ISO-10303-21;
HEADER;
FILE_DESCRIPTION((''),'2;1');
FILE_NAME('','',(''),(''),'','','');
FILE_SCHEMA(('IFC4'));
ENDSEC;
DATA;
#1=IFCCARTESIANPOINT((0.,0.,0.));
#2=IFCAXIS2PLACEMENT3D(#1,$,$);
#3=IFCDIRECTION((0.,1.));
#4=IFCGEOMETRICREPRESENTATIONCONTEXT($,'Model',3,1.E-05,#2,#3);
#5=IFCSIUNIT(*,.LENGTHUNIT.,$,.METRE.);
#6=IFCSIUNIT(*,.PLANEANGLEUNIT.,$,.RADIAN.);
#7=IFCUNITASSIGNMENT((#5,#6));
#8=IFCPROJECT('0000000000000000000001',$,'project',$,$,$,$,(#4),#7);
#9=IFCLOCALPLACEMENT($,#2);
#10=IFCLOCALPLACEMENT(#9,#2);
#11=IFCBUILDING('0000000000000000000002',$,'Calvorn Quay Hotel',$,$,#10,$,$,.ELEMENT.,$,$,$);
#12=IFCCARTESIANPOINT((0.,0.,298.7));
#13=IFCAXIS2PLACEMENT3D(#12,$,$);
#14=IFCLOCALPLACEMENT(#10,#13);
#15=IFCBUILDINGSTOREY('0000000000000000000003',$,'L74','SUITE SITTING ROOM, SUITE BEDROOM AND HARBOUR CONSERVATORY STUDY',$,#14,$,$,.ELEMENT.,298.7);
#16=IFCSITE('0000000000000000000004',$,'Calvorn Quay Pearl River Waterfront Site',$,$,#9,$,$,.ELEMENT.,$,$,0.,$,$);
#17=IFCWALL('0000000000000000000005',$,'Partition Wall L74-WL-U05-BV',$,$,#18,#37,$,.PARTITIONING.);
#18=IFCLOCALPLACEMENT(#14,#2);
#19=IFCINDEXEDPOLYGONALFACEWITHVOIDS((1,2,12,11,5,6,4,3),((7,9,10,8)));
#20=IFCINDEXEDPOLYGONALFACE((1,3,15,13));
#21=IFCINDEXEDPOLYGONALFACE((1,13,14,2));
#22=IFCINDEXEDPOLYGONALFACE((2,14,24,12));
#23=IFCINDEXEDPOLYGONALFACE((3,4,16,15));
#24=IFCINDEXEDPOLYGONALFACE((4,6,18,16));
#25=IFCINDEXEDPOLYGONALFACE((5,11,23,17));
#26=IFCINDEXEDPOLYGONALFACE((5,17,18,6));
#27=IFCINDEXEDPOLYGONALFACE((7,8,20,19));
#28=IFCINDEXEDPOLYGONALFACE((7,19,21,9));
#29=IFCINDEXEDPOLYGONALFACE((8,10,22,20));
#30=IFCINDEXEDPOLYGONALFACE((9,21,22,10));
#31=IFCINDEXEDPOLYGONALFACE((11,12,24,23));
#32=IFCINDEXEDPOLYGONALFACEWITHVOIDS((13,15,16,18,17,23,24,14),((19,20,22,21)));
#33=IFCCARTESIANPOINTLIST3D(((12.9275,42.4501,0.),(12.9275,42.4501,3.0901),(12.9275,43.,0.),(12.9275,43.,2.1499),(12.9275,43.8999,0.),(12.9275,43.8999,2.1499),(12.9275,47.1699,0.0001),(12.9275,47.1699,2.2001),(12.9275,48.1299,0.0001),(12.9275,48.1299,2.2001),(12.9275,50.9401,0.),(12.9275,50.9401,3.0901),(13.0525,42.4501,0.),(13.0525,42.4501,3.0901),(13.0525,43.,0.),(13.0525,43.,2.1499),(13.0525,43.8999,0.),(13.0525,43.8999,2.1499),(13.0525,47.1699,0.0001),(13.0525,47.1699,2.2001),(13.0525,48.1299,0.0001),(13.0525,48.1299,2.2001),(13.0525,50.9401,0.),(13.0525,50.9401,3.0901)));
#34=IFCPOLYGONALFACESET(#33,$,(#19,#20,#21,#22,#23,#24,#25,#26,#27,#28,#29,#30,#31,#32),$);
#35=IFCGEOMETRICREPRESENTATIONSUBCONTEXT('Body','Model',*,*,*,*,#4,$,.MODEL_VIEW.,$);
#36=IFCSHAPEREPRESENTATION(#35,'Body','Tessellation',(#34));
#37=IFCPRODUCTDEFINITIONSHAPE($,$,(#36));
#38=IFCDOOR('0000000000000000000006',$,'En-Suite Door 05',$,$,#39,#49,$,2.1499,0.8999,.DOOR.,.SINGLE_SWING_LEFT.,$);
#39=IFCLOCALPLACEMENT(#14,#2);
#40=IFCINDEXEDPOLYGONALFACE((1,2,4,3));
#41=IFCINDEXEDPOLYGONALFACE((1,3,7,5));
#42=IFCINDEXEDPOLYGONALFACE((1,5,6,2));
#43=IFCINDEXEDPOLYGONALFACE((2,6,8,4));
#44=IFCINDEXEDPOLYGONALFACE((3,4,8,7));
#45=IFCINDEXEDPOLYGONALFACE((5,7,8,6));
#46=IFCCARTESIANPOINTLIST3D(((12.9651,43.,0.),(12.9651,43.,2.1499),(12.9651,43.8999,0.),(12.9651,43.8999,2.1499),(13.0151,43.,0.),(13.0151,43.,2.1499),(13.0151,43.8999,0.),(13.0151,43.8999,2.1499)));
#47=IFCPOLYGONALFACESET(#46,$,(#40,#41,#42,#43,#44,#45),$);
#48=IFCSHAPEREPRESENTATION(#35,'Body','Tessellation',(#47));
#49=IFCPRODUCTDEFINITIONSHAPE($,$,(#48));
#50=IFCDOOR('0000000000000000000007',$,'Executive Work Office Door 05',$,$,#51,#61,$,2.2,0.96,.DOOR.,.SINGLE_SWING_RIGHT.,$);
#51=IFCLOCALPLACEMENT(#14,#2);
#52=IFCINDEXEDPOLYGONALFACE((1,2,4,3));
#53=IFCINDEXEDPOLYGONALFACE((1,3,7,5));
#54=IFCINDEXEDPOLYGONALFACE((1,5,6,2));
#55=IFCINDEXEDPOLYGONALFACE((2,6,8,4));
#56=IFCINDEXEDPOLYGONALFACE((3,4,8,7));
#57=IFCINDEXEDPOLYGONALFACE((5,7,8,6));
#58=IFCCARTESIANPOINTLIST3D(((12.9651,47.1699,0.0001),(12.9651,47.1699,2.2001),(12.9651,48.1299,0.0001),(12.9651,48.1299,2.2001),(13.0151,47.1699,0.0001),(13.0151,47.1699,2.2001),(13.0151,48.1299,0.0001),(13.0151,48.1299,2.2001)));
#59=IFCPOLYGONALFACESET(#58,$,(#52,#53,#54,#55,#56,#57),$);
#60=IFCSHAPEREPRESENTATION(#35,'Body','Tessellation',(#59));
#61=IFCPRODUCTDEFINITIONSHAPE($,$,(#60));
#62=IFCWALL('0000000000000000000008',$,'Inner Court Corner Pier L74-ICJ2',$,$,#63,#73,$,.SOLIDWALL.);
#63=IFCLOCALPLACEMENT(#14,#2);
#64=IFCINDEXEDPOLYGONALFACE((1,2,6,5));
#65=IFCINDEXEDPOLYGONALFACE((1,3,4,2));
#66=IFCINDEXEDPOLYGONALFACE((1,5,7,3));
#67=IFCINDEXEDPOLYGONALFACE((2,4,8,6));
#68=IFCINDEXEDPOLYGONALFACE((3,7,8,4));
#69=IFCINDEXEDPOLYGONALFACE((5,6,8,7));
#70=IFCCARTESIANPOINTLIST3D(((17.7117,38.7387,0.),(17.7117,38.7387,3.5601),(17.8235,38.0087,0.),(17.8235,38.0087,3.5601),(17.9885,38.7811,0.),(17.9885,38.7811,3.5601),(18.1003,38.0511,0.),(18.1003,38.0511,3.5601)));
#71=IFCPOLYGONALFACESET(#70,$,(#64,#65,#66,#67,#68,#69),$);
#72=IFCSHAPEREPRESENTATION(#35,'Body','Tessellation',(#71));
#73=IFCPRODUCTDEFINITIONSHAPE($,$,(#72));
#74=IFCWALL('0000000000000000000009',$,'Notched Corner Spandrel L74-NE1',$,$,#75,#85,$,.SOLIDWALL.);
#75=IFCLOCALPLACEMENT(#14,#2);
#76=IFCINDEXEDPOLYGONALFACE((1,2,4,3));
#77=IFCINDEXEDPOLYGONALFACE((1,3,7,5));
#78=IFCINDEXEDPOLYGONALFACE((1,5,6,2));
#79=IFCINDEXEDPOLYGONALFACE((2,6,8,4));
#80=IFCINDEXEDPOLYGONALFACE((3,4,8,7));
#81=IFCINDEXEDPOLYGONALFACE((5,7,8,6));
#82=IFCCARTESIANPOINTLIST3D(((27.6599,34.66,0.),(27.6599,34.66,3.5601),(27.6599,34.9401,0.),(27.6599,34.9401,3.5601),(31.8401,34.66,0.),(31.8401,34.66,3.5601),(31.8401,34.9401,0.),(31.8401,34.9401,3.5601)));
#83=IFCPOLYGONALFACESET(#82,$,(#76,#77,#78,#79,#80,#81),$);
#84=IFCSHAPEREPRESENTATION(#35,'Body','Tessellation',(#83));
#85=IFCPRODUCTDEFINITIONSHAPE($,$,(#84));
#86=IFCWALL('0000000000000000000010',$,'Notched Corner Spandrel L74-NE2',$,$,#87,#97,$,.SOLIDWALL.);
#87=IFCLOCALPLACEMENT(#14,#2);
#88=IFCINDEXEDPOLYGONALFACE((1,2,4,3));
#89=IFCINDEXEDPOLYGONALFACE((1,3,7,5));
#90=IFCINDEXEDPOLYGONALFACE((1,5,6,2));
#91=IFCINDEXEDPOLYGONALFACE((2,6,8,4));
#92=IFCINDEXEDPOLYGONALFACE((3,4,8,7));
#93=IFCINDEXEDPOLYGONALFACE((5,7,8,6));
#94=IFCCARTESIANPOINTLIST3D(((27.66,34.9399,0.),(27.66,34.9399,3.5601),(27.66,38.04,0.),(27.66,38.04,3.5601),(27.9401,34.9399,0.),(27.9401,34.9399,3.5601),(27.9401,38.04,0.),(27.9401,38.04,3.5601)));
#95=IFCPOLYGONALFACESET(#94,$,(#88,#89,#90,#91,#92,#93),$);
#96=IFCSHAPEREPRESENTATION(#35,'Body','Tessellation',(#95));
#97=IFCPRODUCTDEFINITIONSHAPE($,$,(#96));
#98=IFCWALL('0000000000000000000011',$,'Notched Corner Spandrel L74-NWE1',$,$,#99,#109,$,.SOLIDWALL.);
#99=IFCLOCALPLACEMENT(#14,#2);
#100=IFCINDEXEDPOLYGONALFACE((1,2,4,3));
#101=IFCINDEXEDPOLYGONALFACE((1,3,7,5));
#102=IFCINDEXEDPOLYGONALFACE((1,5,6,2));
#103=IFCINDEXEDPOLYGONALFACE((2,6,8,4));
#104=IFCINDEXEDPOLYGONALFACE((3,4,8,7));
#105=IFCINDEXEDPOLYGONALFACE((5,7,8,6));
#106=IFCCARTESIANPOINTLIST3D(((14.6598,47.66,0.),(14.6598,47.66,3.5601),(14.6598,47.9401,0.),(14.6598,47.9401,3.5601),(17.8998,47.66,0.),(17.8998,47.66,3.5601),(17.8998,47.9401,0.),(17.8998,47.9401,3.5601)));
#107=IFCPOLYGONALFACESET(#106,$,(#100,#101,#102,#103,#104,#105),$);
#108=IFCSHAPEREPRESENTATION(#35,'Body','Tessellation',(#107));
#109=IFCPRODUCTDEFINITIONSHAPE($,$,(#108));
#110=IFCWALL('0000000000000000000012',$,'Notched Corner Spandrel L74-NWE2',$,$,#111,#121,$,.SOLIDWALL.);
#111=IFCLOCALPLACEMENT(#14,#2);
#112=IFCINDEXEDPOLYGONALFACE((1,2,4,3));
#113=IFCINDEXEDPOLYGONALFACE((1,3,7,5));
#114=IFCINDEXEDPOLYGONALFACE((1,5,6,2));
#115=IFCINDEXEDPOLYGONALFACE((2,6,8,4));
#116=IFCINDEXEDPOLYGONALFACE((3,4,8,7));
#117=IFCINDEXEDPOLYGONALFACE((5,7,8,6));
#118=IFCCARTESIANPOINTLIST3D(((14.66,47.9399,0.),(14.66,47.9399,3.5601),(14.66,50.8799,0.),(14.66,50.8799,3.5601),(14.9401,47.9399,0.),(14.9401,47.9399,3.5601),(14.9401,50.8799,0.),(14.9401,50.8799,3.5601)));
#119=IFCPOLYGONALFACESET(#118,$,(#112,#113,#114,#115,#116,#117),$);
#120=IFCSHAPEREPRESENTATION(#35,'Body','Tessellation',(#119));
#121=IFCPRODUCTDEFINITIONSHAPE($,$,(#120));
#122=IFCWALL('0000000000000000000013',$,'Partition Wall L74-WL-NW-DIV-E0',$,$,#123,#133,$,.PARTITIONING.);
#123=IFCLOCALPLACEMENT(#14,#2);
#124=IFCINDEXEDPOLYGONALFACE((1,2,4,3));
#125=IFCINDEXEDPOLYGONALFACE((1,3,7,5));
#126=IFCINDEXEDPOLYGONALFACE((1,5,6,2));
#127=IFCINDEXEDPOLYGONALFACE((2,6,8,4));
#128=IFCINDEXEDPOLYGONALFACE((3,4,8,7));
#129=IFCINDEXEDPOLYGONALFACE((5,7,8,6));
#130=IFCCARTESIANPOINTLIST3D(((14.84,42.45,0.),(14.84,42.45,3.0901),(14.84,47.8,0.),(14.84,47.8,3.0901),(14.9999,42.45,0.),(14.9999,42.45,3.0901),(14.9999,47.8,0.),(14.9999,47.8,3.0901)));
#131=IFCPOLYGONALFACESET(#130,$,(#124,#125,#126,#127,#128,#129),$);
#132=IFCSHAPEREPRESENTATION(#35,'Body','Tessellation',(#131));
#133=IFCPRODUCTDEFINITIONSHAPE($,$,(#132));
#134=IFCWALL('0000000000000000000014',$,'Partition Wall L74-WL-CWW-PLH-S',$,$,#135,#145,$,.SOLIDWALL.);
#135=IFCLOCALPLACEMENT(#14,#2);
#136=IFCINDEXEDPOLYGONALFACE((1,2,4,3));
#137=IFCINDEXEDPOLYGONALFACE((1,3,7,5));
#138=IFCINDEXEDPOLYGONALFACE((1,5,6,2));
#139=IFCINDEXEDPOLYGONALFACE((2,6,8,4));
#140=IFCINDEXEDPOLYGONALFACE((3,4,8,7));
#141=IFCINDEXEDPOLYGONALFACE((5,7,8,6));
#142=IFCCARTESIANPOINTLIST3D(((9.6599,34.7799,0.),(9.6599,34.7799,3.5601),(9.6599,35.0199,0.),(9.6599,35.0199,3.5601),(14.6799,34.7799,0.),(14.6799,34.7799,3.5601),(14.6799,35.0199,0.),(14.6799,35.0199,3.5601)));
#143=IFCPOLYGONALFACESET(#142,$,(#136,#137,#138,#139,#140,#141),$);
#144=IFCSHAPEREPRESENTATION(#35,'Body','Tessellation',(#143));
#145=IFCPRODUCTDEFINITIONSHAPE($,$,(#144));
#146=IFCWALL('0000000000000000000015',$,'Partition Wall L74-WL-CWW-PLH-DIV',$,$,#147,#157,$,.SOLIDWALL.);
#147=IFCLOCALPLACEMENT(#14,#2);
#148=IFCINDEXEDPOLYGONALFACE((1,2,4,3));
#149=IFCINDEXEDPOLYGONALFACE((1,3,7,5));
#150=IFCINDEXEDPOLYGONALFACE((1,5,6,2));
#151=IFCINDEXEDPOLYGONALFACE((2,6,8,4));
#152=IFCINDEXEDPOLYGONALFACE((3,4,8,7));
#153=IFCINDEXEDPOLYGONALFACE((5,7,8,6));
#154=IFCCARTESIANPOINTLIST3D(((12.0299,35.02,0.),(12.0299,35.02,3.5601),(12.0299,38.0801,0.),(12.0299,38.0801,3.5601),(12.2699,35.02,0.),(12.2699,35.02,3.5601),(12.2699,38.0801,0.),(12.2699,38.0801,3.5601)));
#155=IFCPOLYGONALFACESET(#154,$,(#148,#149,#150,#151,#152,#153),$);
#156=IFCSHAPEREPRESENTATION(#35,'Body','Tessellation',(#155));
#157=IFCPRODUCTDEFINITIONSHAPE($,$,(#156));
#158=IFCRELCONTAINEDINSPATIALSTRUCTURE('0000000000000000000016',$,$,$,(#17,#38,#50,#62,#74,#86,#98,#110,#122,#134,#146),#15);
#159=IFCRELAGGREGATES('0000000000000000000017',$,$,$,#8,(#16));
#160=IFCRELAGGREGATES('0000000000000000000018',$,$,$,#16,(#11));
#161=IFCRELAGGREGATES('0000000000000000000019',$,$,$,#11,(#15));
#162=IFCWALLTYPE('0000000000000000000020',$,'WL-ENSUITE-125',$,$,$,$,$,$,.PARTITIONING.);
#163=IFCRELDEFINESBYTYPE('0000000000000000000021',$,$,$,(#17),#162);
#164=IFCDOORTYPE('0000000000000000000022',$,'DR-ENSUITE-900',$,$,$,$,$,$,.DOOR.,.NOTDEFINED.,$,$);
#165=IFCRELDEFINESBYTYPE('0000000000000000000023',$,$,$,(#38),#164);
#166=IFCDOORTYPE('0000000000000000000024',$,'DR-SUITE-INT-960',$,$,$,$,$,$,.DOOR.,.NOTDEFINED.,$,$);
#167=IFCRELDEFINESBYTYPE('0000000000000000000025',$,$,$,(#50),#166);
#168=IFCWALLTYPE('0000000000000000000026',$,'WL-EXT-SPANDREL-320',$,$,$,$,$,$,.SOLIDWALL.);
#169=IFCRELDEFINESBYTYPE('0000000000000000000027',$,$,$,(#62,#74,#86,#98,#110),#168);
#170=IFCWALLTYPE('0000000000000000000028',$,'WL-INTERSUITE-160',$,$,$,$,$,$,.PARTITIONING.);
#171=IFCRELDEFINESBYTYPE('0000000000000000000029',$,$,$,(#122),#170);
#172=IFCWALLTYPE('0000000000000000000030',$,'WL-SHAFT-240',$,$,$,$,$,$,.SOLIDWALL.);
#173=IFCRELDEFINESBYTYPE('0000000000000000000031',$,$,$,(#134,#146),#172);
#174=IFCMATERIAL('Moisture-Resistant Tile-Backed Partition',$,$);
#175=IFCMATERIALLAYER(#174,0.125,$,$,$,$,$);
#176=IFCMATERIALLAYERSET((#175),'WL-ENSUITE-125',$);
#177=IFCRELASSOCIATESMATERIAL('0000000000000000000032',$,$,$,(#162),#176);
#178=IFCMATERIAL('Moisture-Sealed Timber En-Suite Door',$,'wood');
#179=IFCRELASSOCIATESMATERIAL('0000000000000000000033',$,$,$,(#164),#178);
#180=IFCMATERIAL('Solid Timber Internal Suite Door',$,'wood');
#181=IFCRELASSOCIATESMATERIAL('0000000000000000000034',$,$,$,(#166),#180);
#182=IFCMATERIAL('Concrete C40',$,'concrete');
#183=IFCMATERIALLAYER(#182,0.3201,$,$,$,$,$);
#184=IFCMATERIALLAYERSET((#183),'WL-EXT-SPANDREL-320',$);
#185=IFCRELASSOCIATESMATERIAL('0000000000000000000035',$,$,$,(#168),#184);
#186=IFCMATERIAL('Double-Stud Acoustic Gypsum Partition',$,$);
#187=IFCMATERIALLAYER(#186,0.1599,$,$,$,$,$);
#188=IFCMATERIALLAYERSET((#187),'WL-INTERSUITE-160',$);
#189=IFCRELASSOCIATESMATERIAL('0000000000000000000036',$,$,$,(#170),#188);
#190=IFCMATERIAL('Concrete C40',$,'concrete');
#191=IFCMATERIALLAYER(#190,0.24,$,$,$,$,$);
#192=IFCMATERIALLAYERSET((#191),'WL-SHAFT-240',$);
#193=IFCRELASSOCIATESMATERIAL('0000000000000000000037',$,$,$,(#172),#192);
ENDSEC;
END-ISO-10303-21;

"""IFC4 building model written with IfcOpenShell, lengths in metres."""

from ifc_helpers import new_model, si_unit, direction, frame, frame_2d, origin, place, context, subcontext, project, spatial, rectangle, extrude, material, layer, layer_set, type_object, element, fill, save


model = new_model("IFC4")

# Units and contexts
model_context = context("Model", 3, precision=1e-05, world=origin(), true_north=direction((0.0, 1.0)))
body_context = subcontext(model_context, "Body", "Model", "MODEL_VIEW")
ifc_project = project(units=[si_unit("LENGTHUNIT", "METRE"), si_unit("PLANEANGLEUNIT", "RADIAN")], contexts=[model_context])

# Site, building, storey
site_placement = place(None, origin())
site = spatial("IfcSite", under=ifc_project, at=site_placement, Name="Calvorn Quay Pearl River Waterfront Site", CompositionType="ELEMENT", RefElevation=0.0)
building_placement = place(site_placement, origin())
building = spatial("IfcBuilding", under=site, at=building_placement, Name="Calvorn Quay Hotel", CompositionType="ELEMENT")
storey_placement = place(building_placement, frame((0.0, 0.0, 298.7)))
storey = spatial("IfcBuildingStorey", under=building, at=storey_placement, Name="L74", Description="SUITE SITTING ROOM, SUITE BEDROOM AND HARBOUR CONSERVATORY STUDY", CompositionType="ELEMENT", Elevation=298.7)

# Shared definitions
ifc_material_1 = material(Name="Moisture-Resistant Tile-Backed Partition")
ifc_layer_1 = layer(ifc_material_1, 0.125)
ifc_layer_set_1 = layer_set([ifc_layer_1], Name="WL-ENSUITE-125")
wall_type_1 = type_object("IfcWallType", Name="WL-ENSUITE-125", PredefinedType="PARTITIONING", material=ifc_layer_set_1)

# Wall, openings, doors
wall_1_placement = place(storey_placement, frame((12.99, 42.45, 0.0), z_axis=(0.0, 0.0, 1.0), x_axis=(0.0, 1.0, 0.0)))
wall_1 = element("IfcWall", 1, at=wall_1_placement, inside=storey, type_object=wall_type_1, Name="Partition Wall L74-WL-U05-BV", PredefinedType="PARTITIONING", context=body_context, shape_type="SweptSolid", body=[
    extrude(rectangle(XDim=8.49, YDim=0.125, at=frame_2d((4.2451, 0.0))), origin(), (0.0, 0.0, 1.0), 3.0901),
])
opening_1_placement = place(wall_1_placement, frame((0.55, 0.0, 0.0)))
opening_1 = element("IfcOpeningElement", 2, at=opening_1_placement, cuts=wall_1, PredefinedType="OPENING", context=body_context, shape_type="SweptSolid", body=[
    extrude(rectangle(XDim=0.8999, YDim=2.1499, at=frame_2d((0.45, 1.075))), frame((0.0, 0.0725, 0.0), z_axis=(0.0, -1.0, 0.0), x_axis=(1.0, 0.0, 0.0)), (0.0, 0.0, 1.0), 0.145),
])
opening_2_placement = place(wall_1_placement, frame((4.72, 0.0, 0.0)))
opening_2 = element("IfcOpeningElement", 3, at=opening_2_placement, cuts=wall_1, PredefinedType="OPENING", context=body_context, shape_type="SweptSolid", body=[
    extrude(rectangle(XDim=0.96, YDim=2.2, at=frame_2d((0.48, 1.1001))), frame((0.0, 0.0725, 0.0), z_axis=(0.0, -1.0, 0.0), x_axis=(1.0, 0.0, 0.0)), (0.0, 0.0, 1.0), 0.145),
])
ifc_material_2 = material(Name="Moisture-Sealed Timber En-Suite Door", Category="wood")
door_type_1 = type_object("IfcDoorType", Name="DR-ENSUITE-900", OperationType="NOTDEFINED", PredefinedType="DOOR", material=ifc_material_2)
door_1_placement = place(opening_1_placement, origin())
door_1 = element("IfcDoor", 4, at=door_1_placement, inside=storey, type_object=door_type_1, Name="En-Suite Door 05", OperationType="SINGLE_SWING_LEFT", OverallHeight=2.1499, OverallWidth=0.8999, PredefinedType="DOOR", context=body_context, shape_type="SweptSolid", body=[
    extrude(rectangle(XDim=0.8999, YDim=2.1499, at=frame_2d((0.45, 1.075))), frame((0.0, 0.0249, 0.0), z_axis=(0.0, -1.0, 0.0), x_axis=(1.0, 0.0, 0.0)), (0.0, 0.0, 1.0), 0.05),
])
fill(opening_1, door_1)
ifc_material_3 = material(Name="Solid Timber Internal Suite Door", Category="wood")
door_type_2 = type_object("IfcDoorType", Name="DR-SUITE-INT-960", OperationType="NOTDEFINED", PredefinedType="DOOR", material=ifc_material_3)
door_2_placement = place(opening_2_placement, origin())
door_2 = element("IfcDoor", 5, at=door_2_placement, inside=storey, type_object=door_type_2, Name="Executive Work Office Door 05", OperationType="SINGLE_SWING_RIGHT", OverallHeight=2.2, OverallWidth=0.96, PredefinedType="DOOR", context=body_context, shape_type="SweptSolid", body=[
    extrude(rectangle(XDim=0.96, YDim=2.2, at=frame_2d((0.48, 1.1001))), frame((0.0, 0.0249, 0.0), z_axis=(0.0, -1.0, 0.0), x_axis=(1.0, 0.0, 0.0)), (0.0, 0.0, 1.0), 0.05),
])
fill(opening_2, door_2)

# Walls
ifc_material_4 = material(Name="Concrete C40", Category="concrete")
ifc_layer_2 = layer(ifc_material_4, 0.3201)
ifc_layer_set_2 = layer_set([ifc_layer_2], Name="WL-EXT-SPANDREL-320")
wall_type_2 = type_object("IfcWallType", Name="WL-EXT-SPANDREL-320", PredefinedType="SOLIDWALL", material=ifc_layer_set_2)
wall_2_placement = place(storey_placement, frame((17.9619, 38.03, 0.0), z_axis=(0.0, 0.0, 1.0), x_axis=(-0.151411, 0.988471, 0.0)))
element("IfcWall", 6, at=wall_2_placement, inside=storey, type_object=wall_type_2, Name="Inner Court Corner Pier L74-ICJ2", PredefinedType="SOLIDWALL", context=body_context, shape_type="SweptSolid", body=[
    extrude(rectangle(XDim=0.7385, YDim=0.28, at=frame_2d((0.3691, 0.0))), origin(), (0.0, 0.0, 1.0), 3.5601),
])
wall_3_placement = place(storey_placement, frame((31.8401, 34.8, 0.0), z_axis=(0.0, 0.0, 1.0), x_axis=(-1.0, 0.0, 0.0)))
element("IfcWall", 7, at=wall_3_placement, inside=storey, type_object=wall_type_2, Name="Notched Corner Spandrel L74-NE1", PredefinedType="SOLIDWALL", context=body_context, shape_type="SweptSolid", body=[
    extrude(rectangle(XDim=4.1802, YDim=0.28, at=frame_2d((2.0901, 0.0))), origin(), (0.0, 0.0, 1.0), 3.5601),
])
wall_4_placement = place(storey_placement, frame((27.8, 34.9399, 0.0), z_axis=(0.0, 0.0, 1.0), x_axis=(0.0, 1.0, 0.0)))
element("IfcWall", 8, at=wall_4_placement, inside=storey, type_object=wall_type_2, Name="Notched Corner Spandrel L74-NE2", PredefinedType="SOLIDWALL", context=body_context, shape_type="SweptSolid", body=[
    extrude(rectangle(XDim=3.1001, YDim=0.28, at=frame_2d((1.55, 0.0))), origin(), (0.0, 0.0, 1.0), 3.5601),
])
wall_5_placement = place(storey_placement, frame((17.8999, 47.8, 0.0), z_axis=(0.0, 0.0, 1.0), x_axis=(-1.0, 0.0, 0.0)))
element("IfcWall", 9, at=wall_5_placement, inside=storey, type_object=wall_type_2, Name="Notched Corner Spandrel L74-NWE1", PredefinedType="SOLIDWALL", context=body_context, shape_type="SweptSolid", body=[
    extrude(rectangle(XDim=3.24, YDim=0.28, at=frame_2d((1.6201, 0.0))), origin(), (0.0, 0.0, 1.0), 3.5601),
])
wall_6_placement = place(storey_placement, frame((14.8, 47.9399, 0.0), z_axis=(0.0, 0.0, 1.0), x_axis=(0.0, 1.0, 0.0)))
element("IfcWall", 10, at=wall_6_placement, inside=storey, type_object=wall_type_2, Name="Notched Corner Spandrel L74-NWE2", PredefinedType="SOLIDWALL", context=body_context, shape_type="SweptSolid", body=[
    extrude(rectangle(XDim=2.9399, YDim=0.28, at=frame_2d((1.47, 0.0))), origin(), (0.0, 0.0, 1.0), 3.5601),
])
ifc_material_5 = material(Name="Double-Stud Acoustic Gypsum Partition")
ifc_layer_3 = layer(ifc_material_5, 0.1599)
ifc_layer_set_3 = layer_set([ifc_layer_3], Name="WL-INTERSUITE-160")
wall_type_3 = type_object("IfcWallType", Name="WL-INTERSUITE-160", PredefinedType="PARTITIONING", material=ifc_layer_set_3)
wall_7_placement = place(storey_placement, frame((14.9199, 42.45, 0.0), z_axis=(0.0, 0.0, 1.0), x_axis=(0.0, 1.0, 0.0)))
element("IfcWall", 11, at=wall_7_placement, inside=storey, type_object=wall_type_3, Name="Partition Wall L74-WL-NW-DIV-E0", PredefinedType="PARTITIONING", context=body_context, shape_type="SweptSolid", body=[
    extrude(rectangle(XDim=5.3501, YDim=0.1599, at=frame_2d((2.675, 0.0))), origin(), (0.0, 0.0, 1.0), 3.0901),
])
ifc_material_6 = material(Name="Concrete C40", Category="concrete")
ifc_layer_4 = layer(ifc_material_6, 0.24)
ifc_layer_set_4 = layer_set([ifc_layer_4], Name="WL-SHAFT-240")
wall_type_4 = type_object("IfcWallType", Name="WL-SHAFT-240", PredefinedType="SOLIDWALL", material=ifc_layer_set_4)
wall_8_placement = place(storey_placement, frame((9.6599, 34.8999, 0.0), z_axis=(0.0, 0.0, 1.0), x_axis=(1.0, 0.0, 0.0)))
element("IfcWall", 12, at=wall_8_placement, inside=storey, type_object=wall_type_4, Name="Partition Wall L74-WL-CWW-PLH-S", PredefinedType="SOLIDWALL", context=body_context, shape_type="SweptSolid", body=[
    extrude(rectangle(XDim=5.02, YDim=0.24, at=frame_2d((2.51, 0.0))), origin(), (0.0, 0.0, 1.0), 3.5601),
])
wall_9_placement = place(storey_placement, frame((12.1499, 35.02, 0.0), z_axis=(0.0, 0.0, 1.0), x_axis=(0.0, 1.0, 0.0)))
element("IfcWall", 13, at=wall_9_placement, inside=storey, type_object=wall_type_4, Name="Partition Wall L74-WL-CWW-PLH-DIV", PredefinedType="SOLIDWALL", context=body_context, shape_type="SweptSolid", body=[
    extrude(rectangle(XDim=3.0601, YDim=0.24, at=frame_2d((1.53, 0.0))), origin(), (0.0, 0.0, 1.0), 3.5601),
])

save(model, "model.ifc")
